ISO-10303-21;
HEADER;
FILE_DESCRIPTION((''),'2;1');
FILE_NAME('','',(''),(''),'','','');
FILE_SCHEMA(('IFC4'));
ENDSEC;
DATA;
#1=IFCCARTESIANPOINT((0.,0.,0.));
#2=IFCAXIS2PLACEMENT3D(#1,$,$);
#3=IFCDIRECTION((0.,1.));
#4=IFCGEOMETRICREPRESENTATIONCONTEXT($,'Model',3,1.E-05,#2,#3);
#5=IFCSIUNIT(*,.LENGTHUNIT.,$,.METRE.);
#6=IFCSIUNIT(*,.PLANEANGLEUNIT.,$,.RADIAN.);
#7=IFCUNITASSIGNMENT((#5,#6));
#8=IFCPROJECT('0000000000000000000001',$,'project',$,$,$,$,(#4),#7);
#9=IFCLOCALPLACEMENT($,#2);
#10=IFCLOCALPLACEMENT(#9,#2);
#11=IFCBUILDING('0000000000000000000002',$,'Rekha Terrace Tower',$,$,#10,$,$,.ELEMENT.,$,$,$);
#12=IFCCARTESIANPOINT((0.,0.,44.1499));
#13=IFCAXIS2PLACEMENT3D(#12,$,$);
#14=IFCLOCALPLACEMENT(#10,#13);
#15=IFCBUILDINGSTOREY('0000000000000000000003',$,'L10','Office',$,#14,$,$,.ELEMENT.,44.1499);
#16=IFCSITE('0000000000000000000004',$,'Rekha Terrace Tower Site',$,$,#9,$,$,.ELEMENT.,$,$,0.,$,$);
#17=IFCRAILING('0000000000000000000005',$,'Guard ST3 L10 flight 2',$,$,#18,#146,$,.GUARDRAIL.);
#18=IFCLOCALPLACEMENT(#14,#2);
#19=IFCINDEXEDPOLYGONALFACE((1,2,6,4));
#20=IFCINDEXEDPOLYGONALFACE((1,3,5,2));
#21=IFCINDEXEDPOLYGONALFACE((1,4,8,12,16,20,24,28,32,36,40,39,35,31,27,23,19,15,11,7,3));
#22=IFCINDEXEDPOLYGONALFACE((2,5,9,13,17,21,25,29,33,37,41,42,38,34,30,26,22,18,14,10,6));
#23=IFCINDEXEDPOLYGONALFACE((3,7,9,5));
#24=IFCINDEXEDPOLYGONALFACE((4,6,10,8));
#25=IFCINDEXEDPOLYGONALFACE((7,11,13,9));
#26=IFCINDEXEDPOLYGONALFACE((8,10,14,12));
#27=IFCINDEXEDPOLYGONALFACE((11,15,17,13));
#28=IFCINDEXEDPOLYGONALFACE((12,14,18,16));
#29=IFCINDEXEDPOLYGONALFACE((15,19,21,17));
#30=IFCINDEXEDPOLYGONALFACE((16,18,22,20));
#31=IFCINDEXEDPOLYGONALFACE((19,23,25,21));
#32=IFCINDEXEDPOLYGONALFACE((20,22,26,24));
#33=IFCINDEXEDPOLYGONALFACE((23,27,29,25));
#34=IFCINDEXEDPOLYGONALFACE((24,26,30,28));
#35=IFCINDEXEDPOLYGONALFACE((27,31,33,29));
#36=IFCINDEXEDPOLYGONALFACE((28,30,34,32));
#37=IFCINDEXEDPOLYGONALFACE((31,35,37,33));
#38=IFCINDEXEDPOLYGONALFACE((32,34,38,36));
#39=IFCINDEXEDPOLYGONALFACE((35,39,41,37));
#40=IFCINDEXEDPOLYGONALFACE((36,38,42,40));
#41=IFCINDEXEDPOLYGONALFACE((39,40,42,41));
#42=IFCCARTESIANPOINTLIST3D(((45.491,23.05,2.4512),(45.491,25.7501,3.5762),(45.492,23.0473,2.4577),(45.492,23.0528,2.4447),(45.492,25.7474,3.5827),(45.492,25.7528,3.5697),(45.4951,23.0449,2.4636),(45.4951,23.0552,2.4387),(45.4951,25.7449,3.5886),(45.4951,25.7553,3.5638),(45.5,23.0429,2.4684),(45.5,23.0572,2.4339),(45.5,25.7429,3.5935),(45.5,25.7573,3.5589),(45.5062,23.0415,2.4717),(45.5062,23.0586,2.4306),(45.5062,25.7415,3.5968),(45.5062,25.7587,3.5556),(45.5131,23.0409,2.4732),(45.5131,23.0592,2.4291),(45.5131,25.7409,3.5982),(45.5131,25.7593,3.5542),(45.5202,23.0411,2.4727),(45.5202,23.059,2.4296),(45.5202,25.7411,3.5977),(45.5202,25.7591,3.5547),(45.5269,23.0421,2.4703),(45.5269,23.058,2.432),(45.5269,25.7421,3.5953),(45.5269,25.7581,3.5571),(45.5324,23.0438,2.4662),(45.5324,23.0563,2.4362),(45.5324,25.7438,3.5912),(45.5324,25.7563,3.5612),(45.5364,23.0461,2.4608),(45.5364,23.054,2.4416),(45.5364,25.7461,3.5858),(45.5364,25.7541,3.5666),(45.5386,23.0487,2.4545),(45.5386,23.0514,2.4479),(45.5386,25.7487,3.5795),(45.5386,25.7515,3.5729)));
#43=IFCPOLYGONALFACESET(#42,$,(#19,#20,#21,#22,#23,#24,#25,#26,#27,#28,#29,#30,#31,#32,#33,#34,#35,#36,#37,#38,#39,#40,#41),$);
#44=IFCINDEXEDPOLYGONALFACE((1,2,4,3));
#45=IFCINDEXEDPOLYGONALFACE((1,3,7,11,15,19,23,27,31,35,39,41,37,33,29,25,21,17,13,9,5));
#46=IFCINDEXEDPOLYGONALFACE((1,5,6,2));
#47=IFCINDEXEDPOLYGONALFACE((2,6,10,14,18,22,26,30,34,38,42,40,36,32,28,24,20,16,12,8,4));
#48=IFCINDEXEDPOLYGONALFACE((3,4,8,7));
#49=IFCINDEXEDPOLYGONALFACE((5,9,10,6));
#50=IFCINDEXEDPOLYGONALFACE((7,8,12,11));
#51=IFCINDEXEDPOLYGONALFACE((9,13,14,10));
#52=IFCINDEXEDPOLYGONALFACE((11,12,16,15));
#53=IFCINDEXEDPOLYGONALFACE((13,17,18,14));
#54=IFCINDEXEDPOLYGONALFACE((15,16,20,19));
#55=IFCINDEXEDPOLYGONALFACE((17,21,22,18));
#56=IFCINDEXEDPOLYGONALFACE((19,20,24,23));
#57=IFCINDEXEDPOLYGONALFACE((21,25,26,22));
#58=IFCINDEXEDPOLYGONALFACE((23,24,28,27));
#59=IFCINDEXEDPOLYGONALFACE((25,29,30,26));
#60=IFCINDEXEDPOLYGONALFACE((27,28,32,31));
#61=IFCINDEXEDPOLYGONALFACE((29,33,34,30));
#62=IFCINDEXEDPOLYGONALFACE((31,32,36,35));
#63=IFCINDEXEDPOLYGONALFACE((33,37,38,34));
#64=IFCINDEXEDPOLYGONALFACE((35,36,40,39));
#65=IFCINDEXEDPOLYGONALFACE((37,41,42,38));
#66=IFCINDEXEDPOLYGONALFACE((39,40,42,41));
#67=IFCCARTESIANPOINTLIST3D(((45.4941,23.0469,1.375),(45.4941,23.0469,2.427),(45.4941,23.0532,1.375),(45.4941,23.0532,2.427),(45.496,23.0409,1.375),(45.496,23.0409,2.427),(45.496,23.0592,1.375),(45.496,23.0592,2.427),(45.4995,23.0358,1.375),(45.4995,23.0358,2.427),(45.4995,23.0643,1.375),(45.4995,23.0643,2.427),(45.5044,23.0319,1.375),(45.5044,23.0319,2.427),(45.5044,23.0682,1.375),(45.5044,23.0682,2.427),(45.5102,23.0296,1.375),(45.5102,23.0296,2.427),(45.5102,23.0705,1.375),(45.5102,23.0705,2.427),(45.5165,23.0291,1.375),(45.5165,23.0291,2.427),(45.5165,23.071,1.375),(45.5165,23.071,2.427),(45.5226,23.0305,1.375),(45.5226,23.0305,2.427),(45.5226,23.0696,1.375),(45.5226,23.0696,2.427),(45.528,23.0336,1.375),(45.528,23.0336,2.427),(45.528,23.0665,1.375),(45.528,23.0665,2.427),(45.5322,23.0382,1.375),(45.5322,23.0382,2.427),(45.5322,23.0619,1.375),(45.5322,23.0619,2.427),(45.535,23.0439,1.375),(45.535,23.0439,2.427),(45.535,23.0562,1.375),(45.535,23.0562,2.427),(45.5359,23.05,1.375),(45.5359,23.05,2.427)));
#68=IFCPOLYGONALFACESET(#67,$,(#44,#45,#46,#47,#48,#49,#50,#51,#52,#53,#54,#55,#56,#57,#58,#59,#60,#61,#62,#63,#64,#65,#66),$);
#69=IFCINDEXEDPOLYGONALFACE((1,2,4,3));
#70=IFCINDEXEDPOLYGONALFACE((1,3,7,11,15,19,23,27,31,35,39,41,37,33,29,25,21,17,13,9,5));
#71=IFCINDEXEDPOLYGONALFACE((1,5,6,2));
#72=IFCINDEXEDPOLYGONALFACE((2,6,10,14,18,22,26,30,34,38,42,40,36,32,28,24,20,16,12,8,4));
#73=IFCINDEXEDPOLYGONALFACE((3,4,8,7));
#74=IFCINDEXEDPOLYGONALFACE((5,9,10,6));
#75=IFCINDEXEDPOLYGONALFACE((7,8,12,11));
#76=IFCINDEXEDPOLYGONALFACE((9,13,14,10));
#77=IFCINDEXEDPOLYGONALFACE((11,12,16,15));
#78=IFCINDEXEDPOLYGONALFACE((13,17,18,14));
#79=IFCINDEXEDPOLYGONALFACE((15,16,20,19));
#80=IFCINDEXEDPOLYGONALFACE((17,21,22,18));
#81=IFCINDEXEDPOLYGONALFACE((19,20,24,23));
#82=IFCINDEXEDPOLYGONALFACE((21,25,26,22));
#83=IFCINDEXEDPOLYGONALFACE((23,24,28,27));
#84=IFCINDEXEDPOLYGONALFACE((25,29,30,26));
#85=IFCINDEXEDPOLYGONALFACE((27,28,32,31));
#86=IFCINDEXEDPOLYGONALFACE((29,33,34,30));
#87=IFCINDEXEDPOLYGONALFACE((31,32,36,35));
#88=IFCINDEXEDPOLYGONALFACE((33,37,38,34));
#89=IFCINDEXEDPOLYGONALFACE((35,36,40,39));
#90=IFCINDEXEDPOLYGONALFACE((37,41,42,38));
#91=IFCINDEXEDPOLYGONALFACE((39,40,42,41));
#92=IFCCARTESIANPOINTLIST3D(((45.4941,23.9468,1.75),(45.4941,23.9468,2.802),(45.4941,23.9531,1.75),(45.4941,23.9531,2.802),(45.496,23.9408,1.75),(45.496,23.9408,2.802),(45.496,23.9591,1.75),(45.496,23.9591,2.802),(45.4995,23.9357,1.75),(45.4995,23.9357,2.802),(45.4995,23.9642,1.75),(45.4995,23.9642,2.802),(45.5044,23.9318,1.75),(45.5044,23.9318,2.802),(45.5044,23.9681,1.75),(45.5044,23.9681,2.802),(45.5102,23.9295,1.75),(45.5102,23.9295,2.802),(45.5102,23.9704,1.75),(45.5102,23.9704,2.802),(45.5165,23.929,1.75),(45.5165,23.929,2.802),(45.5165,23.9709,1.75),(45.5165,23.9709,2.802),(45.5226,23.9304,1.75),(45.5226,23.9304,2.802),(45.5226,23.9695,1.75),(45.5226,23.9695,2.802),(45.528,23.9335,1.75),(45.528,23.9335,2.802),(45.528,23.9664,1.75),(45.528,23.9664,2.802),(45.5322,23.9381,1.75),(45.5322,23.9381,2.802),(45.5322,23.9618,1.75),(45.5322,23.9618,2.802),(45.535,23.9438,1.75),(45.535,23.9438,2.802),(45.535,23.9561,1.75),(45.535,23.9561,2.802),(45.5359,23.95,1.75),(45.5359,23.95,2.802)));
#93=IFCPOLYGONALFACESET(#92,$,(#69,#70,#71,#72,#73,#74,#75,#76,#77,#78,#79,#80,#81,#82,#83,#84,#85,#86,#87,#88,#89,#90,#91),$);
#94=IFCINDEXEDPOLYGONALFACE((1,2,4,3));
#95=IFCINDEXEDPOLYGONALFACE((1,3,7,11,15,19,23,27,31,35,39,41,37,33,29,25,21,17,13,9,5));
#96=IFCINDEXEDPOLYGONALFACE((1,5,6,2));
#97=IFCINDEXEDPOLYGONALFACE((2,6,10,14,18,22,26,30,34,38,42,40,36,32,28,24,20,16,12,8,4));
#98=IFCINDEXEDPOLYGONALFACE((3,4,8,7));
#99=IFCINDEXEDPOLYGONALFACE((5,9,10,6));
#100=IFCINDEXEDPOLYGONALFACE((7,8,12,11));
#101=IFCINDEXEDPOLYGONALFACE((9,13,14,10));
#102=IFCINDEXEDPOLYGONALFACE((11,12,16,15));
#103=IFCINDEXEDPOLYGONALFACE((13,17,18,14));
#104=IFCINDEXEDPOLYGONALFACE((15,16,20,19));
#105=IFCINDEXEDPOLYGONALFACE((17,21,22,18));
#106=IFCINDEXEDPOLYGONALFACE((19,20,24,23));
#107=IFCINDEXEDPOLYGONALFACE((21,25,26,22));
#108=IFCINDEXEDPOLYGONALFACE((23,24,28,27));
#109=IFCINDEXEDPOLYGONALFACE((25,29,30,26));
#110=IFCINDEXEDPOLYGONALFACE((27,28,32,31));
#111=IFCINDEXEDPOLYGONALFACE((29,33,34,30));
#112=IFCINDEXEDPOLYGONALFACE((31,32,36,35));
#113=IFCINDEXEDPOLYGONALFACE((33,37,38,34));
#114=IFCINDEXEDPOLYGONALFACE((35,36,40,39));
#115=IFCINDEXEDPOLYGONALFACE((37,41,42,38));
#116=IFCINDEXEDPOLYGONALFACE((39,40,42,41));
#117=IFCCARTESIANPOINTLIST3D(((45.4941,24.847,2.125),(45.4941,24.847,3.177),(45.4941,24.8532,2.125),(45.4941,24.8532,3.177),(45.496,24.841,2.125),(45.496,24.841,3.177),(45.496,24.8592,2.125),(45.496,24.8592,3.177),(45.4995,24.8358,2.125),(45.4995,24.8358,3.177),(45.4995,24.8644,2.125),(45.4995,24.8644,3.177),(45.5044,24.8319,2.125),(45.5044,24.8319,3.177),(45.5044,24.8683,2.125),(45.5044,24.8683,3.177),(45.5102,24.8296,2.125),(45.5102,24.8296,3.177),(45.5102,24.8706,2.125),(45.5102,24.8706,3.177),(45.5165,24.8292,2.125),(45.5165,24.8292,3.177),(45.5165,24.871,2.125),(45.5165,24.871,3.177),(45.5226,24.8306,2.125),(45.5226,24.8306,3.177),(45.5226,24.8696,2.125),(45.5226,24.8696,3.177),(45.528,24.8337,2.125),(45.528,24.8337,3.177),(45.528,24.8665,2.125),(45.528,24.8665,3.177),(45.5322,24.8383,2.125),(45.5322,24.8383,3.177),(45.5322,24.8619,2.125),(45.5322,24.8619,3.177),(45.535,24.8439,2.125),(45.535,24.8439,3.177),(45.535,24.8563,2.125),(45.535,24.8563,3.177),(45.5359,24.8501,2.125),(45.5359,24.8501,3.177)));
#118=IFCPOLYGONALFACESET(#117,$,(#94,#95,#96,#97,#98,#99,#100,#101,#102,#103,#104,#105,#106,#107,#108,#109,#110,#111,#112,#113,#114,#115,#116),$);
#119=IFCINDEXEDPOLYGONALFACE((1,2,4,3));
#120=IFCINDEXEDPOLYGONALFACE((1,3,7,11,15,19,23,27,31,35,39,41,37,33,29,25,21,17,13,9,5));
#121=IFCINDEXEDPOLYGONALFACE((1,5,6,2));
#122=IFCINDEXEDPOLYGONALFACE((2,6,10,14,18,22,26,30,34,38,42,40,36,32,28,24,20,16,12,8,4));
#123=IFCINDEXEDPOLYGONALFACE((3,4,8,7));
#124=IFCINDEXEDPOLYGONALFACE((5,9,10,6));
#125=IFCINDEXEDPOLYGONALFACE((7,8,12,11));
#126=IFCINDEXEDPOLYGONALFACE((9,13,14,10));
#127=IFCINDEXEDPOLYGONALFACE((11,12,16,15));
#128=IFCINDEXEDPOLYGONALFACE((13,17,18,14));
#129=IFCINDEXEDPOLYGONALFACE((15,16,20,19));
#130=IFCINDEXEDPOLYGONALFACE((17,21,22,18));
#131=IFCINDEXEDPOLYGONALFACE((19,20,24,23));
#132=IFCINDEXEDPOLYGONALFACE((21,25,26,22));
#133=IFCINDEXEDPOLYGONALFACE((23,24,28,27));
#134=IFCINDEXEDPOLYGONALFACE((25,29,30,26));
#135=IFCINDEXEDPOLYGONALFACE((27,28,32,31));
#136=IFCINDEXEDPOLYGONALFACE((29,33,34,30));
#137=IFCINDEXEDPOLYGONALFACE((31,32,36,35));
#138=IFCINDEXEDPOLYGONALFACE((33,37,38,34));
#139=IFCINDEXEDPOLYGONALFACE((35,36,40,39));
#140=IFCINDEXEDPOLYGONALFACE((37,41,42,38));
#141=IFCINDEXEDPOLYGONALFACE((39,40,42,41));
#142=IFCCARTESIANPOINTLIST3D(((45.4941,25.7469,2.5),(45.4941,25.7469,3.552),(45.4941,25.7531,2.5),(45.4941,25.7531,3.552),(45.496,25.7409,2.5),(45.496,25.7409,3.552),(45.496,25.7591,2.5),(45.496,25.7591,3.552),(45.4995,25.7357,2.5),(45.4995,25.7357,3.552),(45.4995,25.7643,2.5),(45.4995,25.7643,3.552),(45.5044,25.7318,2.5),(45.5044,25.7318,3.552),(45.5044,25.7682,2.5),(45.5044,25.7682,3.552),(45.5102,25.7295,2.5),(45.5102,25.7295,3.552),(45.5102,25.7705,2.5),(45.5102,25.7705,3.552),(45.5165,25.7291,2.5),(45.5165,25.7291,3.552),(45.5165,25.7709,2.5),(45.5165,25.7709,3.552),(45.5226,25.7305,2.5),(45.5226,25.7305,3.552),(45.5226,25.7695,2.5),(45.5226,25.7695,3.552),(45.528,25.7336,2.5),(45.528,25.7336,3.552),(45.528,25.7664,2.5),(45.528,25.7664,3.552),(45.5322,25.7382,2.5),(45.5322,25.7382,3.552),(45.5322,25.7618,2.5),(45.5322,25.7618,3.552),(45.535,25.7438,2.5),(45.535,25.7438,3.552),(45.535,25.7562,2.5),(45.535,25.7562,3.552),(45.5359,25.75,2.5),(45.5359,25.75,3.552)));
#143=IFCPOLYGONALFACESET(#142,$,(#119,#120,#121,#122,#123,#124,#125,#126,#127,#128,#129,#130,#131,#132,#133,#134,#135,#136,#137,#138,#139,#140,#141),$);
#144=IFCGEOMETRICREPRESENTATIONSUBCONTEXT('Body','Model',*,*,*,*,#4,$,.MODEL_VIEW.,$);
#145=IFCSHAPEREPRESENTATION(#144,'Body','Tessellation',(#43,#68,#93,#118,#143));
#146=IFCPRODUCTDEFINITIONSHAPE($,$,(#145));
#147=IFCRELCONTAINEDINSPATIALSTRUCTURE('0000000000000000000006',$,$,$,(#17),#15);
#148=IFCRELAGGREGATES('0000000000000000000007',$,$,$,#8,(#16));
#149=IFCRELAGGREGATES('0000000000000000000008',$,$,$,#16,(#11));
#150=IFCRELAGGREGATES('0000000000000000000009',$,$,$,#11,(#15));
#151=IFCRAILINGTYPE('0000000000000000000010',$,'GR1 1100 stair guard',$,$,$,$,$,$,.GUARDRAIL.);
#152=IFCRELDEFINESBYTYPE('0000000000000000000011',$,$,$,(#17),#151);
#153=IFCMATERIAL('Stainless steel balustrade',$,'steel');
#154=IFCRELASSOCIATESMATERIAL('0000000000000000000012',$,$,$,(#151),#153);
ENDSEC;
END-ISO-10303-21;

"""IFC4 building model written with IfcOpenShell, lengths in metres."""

from ifc_helpers import new_model, si_unit, direction, frame, origin, origin_2d, place, context, subcontext, project, spatial, circle, extrude, material, type_object, element, save


model = new_model("IFC4")

# Units and contexts
model_context = context("Model", 3, precision=1e-05, world=origin(), true_north=direction((0.0, 1.0)))
body_context = subcontext(model_context, "Body", "Model", "MODEL_VIEW")
ifc_project = project(units=[si_unit("LENGTHUNIT", "METRE"), si_unit("PLANEANGLEUNIT", "RADIAN")], contexts=[model_context])

# Site, building, storey
site_placement = place(None, origin())
site = spatial("IfcSite", under=ifc_project, at=site_placement, Name="Rekha Terrace Tower Site", CompositionType="ELEMENT", RefElevation=0.0)
building_placement = place(site_placement, origin())
building = spatial("IfcBuilding", under=site, at=building_placement, Name="Rekha Terrace Tower", CompositionType="ELEMENT")
storey_placement = place(building_placement, frame((0.0, 0.0, 44.1499)))
storey = spatial("IfcBuildingStorey", under=building, at=storey_placement, Name="L10", Description="Office", CompositionType="ELEMENT", Elevation=44.1499)

# Railing
ifc_material_1 = material(Name="Stainless steel balustrade", Category="steel")
railing_type_1 = type_object("IfcRailingType", Name="GR1 1100 stair guard", PredefinedType="GUARDRAIL", material=ifc_material_1)
railing_1_placement = place(storey_placement, frame((45.5149, 23.05, 1.375)))
element("IfcRailing", 1, at=railing_1_placement, inside=storey, type_object=railing_type_1, Name="Guard ST3 L10 flight 2", PredefinedType="GUARDRAIL", context=body_context, shape_type="SweptSolid", body=[
    extrude(circle(Radius=0.0239, at=origin_2d()), frame((0.0, 0.0, 1.0762), z_axis=(0.0, 0.923074, 0.384621), x_axis=(-1.0, 0.0, 0.0)), (0.0, 0.0, 1.0), 2.925),
    extrude(circle(Radius=0.021, at=origin_2d()), origin(), (0.0, 0.0, 1.0), 1.052),
    extrude(circle(Radius=0.021, at=origin_2d()), frame((0.0, 0.8999, 0.375)), (0.0, 0.0, 1.0), 1.052),
    extrude(circle(Radius=0.021, at=origin_2d()), frame((0.0, 1.8, 0.75)), (0.0, 0.0, 1.0), 1.052),
    extrude(circle(Radius=0.021, at=origin_2d()), frame((0.0, 2.7, 1.125)), (0.0, 0.0, 1.0), 1.052),
])

save(model, "model.ifc")
